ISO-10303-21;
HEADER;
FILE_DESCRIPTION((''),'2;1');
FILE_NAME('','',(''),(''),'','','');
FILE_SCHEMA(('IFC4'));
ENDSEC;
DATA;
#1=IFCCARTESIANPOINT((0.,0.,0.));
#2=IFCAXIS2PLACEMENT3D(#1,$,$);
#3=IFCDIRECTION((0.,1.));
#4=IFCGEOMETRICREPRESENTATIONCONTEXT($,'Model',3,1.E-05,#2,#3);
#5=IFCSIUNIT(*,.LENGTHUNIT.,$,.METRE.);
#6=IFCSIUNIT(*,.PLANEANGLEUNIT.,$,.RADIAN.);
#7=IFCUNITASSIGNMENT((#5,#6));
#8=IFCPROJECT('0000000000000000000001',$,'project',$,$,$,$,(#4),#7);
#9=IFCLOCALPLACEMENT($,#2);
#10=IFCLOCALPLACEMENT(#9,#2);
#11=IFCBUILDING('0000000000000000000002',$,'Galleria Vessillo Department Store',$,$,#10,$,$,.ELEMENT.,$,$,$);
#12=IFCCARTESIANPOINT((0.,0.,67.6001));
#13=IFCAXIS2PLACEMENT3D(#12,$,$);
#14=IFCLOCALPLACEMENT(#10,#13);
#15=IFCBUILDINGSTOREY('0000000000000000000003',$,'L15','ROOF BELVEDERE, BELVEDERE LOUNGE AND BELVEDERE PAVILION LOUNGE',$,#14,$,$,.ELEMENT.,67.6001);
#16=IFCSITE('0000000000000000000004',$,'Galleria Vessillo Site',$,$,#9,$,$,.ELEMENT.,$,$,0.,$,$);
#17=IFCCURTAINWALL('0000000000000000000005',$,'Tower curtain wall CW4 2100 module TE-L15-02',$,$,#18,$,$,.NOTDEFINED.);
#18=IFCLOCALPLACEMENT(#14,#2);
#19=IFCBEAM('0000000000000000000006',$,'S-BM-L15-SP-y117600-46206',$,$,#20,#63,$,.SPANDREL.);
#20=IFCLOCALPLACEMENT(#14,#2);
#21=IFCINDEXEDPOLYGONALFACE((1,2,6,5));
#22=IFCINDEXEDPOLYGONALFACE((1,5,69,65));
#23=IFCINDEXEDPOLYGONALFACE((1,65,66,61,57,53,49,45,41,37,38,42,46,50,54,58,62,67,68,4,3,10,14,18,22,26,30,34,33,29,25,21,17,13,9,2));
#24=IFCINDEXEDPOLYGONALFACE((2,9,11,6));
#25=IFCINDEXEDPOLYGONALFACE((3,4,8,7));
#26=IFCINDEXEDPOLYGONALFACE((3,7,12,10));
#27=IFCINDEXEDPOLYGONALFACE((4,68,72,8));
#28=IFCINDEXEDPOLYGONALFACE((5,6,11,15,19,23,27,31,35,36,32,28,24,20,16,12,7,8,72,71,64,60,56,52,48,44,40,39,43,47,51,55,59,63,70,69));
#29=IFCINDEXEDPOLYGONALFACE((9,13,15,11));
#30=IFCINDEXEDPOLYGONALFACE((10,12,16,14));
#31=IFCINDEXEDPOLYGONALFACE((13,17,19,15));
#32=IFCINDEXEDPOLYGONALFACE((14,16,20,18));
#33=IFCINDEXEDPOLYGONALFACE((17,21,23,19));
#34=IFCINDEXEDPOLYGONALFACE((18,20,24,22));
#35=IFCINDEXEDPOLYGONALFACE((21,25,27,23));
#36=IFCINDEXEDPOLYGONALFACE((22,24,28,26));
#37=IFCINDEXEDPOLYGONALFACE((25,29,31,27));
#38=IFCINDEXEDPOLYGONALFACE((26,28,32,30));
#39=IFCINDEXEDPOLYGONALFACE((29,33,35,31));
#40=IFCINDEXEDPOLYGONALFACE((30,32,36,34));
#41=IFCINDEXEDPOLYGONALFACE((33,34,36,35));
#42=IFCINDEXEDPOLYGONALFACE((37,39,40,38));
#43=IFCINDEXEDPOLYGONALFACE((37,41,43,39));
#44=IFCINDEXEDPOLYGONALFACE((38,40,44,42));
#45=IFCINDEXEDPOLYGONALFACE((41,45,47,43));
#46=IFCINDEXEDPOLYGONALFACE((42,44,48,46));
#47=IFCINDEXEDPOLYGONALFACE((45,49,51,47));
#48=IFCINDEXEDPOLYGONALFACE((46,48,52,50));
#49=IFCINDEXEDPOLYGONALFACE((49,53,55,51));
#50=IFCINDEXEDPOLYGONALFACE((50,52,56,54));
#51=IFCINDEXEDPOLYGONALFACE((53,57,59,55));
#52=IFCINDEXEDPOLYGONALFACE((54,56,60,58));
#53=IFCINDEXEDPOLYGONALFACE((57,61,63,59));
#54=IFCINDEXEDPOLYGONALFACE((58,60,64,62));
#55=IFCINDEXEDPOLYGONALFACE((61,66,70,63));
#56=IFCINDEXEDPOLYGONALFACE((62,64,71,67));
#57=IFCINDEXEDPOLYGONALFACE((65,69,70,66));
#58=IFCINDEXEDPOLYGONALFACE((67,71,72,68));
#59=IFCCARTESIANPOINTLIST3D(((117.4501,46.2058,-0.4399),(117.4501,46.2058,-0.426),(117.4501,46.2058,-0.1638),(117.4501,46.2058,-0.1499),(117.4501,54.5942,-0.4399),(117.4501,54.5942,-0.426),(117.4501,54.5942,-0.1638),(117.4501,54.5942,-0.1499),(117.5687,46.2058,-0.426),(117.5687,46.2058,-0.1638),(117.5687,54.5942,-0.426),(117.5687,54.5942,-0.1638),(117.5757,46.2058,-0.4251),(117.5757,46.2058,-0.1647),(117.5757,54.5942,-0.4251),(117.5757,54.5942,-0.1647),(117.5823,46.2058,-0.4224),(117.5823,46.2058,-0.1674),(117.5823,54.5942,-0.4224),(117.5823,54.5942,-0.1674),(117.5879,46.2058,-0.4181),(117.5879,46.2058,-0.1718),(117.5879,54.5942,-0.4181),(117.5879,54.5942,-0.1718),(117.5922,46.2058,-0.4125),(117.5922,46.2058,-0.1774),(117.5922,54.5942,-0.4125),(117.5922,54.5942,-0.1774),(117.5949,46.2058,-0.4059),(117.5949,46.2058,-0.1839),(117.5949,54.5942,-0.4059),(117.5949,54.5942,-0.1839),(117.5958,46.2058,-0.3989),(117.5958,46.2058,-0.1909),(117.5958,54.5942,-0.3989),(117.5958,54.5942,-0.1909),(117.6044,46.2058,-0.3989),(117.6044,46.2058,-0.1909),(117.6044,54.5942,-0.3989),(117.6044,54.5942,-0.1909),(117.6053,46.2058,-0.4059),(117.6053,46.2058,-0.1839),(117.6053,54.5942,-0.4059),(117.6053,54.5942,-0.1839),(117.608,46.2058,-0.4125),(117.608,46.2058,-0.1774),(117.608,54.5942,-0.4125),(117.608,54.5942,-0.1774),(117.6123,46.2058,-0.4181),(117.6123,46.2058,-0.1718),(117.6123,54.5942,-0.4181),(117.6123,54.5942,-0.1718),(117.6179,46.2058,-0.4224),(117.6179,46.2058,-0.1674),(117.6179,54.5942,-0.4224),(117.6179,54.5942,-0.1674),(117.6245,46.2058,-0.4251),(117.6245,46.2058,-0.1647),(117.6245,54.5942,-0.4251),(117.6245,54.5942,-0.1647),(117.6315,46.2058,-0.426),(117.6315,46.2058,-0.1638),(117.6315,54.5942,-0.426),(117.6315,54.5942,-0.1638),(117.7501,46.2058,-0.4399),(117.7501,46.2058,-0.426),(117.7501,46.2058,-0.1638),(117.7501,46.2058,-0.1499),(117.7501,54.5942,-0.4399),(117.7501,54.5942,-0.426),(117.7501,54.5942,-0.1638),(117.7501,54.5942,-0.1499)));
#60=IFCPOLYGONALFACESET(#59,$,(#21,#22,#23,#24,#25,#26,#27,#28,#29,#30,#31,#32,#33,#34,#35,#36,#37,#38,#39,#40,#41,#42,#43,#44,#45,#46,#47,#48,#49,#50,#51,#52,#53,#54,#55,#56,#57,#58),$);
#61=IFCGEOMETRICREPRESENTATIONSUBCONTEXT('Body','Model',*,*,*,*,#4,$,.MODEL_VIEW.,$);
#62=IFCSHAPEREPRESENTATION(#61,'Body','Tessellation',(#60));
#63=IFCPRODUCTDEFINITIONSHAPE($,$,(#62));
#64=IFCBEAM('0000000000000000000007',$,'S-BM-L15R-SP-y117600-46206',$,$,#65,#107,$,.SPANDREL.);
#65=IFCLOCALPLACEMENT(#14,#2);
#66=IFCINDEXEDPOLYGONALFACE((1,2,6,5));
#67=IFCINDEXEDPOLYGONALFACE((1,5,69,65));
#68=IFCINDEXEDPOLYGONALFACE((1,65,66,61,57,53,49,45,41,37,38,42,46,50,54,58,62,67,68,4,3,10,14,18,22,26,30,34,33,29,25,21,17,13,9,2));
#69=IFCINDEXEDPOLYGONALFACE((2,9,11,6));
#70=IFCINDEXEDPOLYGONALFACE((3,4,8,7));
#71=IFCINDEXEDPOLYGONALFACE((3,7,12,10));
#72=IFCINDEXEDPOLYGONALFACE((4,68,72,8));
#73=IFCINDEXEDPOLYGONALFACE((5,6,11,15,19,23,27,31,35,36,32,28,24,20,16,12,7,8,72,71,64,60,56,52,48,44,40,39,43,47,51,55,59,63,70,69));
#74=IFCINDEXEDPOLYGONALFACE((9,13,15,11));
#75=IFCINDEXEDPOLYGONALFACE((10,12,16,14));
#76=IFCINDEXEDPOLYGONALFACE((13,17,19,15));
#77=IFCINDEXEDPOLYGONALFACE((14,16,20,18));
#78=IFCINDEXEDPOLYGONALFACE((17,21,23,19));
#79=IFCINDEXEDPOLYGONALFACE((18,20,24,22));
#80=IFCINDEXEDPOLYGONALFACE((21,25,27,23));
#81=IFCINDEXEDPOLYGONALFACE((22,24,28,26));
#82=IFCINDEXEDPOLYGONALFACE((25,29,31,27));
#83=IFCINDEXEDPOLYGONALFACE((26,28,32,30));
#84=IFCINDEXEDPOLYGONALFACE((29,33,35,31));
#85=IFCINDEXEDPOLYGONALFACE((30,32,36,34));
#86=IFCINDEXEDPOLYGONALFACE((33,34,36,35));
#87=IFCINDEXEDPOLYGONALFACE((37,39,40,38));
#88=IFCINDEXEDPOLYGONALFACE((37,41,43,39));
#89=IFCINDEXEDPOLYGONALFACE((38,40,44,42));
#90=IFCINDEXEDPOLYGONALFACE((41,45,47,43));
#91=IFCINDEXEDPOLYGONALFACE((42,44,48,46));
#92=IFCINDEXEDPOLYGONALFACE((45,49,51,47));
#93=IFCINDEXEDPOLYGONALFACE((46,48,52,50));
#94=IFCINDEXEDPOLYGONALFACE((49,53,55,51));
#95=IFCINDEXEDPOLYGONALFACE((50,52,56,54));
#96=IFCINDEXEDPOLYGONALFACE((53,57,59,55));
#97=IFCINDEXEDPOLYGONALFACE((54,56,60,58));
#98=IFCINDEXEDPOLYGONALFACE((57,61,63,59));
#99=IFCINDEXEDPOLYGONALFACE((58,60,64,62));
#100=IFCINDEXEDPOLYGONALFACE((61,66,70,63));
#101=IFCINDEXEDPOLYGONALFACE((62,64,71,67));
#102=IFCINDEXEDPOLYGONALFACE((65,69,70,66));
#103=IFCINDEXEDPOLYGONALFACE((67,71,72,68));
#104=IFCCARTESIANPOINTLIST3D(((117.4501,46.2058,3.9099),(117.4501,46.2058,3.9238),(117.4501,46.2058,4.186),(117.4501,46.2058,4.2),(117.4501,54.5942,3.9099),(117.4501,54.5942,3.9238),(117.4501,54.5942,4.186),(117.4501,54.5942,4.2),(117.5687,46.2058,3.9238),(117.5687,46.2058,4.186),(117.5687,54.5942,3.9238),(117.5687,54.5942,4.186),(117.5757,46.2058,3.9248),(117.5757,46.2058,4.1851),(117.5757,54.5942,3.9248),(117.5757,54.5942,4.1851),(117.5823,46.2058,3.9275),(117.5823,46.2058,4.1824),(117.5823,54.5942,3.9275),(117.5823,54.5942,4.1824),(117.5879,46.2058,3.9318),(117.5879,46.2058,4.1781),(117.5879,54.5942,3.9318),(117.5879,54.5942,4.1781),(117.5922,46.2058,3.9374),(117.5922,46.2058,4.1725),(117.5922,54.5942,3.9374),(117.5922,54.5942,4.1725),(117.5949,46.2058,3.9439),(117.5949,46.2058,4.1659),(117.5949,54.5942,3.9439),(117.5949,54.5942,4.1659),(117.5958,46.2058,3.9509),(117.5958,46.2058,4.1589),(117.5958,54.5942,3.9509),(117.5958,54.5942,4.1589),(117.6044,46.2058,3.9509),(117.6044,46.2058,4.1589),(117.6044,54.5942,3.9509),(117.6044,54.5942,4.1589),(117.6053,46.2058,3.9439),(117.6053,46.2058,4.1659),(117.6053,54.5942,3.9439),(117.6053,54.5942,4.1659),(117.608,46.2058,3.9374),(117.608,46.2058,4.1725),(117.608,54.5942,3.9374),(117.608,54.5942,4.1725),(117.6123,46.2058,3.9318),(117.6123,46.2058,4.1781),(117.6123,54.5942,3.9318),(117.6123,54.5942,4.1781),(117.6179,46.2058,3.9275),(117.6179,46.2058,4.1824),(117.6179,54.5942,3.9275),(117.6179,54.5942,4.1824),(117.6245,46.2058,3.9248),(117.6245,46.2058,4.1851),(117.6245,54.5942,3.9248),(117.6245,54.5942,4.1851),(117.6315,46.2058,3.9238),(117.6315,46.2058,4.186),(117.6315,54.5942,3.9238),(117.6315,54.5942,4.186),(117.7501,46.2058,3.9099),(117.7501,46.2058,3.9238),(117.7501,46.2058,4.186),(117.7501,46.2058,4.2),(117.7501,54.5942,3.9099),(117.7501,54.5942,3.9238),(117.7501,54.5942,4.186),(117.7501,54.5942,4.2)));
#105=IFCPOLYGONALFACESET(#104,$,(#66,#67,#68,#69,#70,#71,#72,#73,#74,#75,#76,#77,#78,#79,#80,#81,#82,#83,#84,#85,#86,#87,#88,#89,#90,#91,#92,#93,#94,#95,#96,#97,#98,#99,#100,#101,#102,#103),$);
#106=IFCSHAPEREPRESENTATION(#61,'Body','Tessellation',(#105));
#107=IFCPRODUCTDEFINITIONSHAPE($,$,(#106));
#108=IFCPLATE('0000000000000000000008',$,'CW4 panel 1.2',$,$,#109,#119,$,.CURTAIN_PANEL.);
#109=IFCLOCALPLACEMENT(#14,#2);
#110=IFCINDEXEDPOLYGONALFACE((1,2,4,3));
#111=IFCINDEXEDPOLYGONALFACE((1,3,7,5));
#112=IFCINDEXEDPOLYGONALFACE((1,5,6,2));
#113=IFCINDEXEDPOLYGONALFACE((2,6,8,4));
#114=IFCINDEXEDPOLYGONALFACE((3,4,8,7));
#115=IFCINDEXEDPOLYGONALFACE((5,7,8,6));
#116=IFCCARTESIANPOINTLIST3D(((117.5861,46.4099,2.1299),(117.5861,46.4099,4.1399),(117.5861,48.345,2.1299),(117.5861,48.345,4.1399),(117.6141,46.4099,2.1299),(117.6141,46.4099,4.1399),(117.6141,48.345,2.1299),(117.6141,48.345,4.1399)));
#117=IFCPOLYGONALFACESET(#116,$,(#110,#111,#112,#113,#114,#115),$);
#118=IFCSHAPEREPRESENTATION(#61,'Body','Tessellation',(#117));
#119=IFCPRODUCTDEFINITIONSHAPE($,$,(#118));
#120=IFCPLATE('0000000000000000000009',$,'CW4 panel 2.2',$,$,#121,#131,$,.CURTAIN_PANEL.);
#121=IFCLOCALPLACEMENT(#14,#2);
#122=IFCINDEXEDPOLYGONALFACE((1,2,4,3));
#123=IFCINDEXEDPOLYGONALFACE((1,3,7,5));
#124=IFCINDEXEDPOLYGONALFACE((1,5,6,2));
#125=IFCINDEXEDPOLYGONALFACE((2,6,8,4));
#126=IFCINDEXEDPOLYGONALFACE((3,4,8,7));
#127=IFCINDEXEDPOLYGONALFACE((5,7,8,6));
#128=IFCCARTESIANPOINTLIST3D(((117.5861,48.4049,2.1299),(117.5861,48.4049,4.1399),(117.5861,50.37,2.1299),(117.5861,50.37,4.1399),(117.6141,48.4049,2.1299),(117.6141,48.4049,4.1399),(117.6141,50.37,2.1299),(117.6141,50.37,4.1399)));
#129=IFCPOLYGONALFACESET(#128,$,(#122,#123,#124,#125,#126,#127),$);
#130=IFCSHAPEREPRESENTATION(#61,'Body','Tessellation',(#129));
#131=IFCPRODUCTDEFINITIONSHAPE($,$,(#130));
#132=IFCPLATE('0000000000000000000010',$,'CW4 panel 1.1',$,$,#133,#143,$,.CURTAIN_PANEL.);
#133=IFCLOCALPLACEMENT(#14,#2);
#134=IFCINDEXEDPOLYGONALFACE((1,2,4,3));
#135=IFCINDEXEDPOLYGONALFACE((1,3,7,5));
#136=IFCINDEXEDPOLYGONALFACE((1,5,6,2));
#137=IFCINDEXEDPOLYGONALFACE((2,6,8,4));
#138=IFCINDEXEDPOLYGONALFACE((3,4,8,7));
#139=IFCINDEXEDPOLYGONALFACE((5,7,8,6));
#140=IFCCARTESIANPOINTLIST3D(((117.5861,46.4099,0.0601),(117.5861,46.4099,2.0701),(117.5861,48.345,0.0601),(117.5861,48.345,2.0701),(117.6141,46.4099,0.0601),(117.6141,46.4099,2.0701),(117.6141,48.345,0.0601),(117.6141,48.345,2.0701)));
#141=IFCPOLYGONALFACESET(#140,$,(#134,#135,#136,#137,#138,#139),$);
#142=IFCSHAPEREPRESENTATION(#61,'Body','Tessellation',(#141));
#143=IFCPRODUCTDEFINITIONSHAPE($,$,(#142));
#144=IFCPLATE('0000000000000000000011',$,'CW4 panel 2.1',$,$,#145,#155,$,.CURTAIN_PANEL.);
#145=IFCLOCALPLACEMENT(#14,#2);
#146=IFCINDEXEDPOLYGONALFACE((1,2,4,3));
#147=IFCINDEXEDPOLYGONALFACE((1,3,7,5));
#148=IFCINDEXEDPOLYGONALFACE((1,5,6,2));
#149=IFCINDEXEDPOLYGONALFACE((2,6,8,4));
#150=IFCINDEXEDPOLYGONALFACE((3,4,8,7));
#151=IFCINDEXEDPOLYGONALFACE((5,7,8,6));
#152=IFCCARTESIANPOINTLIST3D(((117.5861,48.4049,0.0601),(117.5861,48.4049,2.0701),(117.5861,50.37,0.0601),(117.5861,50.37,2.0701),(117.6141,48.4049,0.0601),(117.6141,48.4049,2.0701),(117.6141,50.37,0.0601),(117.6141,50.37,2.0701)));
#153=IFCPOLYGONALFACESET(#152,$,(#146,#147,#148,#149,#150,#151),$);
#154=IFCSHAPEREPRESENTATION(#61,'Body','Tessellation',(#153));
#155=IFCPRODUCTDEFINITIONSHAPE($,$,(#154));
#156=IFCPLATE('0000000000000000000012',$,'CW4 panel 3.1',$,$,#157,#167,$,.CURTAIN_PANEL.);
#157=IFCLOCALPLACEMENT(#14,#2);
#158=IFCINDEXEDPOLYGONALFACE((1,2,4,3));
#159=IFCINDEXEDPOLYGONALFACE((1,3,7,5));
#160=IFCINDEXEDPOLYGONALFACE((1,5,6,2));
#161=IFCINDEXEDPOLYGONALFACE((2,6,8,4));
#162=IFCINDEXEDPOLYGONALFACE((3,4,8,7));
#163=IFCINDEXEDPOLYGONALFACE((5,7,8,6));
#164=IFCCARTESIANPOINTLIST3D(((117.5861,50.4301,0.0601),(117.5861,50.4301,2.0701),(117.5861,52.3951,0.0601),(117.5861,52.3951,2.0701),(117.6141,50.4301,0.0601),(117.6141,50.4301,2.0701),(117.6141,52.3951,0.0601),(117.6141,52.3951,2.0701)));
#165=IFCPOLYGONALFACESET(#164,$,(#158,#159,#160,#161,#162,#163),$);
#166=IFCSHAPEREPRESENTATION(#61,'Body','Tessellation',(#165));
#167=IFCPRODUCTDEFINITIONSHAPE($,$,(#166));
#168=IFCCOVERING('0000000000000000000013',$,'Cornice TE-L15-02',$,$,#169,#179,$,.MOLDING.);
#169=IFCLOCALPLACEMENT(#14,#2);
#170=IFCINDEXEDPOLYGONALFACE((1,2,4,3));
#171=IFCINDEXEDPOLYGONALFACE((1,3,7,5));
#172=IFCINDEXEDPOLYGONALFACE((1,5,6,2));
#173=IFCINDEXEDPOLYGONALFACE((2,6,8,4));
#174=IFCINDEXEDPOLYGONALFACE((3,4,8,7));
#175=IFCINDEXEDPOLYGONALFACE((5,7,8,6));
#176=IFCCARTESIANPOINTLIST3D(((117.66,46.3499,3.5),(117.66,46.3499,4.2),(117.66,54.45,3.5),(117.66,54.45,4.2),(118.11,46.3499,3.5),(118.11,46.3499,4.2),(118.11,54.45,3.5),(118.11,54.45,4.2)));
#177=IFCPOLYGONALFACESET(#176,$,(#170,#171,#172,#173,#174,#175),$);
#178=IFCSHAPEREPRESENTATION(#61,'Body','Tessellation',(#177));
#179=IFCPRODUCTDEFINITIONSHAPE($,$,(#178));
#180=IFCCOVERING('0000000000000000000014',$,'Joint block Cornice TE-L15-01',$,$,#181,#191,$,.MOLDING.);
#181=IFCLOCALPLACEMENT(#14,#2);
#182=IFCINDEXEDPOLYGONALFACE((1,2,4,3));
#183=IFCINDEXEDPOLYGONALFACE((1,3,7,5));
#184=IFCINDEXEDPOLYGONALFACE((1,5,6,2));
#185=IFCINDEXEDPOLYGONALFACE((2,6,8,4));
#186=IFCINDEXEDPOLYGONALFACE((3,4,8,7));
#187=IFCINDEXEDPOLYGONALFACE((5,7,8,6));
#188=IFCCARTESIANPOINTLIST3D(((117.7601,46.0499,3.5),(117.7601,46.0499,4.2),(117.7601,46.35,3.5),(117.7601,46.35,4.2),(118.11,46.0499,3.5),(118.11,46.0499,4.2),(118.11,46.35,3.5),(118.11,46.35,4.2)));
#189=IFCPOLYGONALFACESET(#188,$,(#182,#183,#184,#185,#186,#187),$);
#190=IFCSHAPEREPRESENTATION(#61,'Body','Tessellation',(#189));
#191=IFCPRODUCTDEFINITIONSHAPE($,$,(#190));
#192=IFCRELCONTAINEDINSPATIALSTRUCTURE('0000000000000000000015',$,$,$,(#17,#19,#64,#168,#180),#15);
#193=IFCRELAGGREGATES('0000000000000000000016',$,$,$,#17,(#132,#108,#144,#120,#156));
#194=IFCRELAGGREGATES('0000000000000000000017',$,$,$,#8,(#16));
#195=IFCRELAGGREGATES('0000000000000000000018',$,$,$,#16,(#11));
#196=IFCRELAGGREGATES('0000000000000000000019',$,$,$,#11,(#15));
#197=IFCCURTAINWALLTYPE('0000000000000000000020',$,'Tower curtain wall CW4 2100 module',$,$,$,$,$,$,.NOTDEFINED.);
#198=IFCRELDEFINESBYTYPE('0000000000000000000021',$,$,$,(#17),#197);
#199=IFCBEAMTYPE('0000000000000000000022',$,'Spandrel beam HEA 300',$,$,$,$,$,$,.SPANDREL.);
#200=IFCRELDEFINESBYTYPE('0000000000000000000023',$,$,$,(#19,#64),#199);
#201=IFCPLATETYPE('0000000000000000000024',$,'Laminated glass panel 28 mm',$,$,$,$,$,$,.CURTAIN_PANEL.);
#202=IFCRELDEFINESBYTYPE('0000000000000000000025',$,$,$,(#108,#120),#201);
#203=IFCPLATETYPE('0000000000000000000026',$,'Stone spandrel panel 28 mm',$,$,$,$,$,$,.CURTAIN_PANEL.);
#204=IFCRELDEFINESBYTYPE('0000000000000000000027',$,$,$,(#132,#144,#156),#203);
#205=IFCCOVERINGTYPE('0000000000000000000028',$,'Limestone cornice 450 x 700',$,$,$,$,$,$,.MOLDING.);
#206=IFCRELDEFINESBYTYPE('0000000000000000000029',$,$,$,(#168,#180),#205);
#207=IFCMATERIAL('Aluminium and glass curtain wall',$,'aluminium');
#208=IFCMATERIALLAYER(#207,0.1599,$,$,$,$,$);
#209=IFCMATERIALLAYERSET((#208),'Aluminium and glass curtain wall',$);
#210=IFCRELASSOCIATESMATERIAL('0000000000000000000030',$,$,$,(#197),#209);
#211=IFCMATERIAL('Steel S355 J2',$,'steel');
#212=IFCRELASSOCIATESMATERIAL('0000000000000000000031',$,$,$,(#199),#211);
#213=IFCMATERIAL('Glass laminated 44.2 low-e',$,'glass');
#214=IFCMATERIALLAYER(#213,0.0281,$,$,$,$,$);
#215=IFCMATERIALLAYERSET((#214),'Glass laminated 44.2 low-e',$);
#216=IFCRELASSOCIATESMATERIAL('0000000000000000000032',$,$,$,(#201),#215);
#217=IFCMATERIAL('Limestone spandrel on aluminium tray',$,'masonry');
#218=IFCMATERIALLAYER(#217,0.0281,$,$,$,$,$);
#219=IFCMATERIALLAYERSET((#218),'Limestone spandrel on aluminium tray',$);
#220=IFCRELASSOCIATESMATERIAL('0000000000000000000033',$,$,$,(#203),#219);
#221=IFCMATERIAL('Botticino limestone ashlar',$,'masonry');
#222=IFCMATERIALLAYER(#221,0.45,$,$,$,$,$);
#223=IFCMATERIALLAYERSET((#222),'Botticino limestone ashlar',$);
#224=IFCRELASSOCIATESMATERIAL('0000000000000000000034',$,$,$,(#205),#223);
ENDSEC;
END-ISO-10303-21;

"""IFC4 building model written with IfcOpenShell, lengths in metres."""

from ifc_helpers import new_model, si_unit, direction, frame, origin, origin_2d, place, context, subcontext, project, spatial, rectangle, i_section, extrude, material, layer, layer_set, material_profile, profile_set, type_object, element, aggregate, save


model = new_model("IFC4")

# Units and contexts
model_context = context("Model", 3, precision=1e-05, world=origin(), true_north=direction((0.0, 1.0)))
body_context = subcontext(model_context, "Body", "Model", "MODEL_VIEW")
ifc_project = project(units=[si_unit("LENGTHUNIT", "METRE"), si_unit("PLANEANGLEUNIT", "RADIAN")], contexts=[model_context])

# Site, building, storey
site_placement = place(None, origin())
site = spatial("IfcSite", under=ifc_project, at=site_placement, Name="Galleria Vessillo Site", CompositionType="ELEMENT", RefElevation=0.0)
building_placement = place(site_placement, origin())
building = spatial("IfcBuilding", under=site, at=building_placement, Name="Galleria Vessillo Department Store", CompositionType="ELEMENT")
storey_placement = place(building_placement, frame((0.0, 0.0, 67.6001)))
storey = spatial("IfcBuildingStorey", under=building, at=storey_placement, Name="L15", Description="ROOF BELVEDERE, BELVEDERE LOUNGE AND BELVEDERE PAVILION LOUNGE", CompositionType="ELEMENT", Elevation=67.6001)

# Curtain wall
ifc_material_1 = material(Name="Aluminium and glass curtain wall", Category="aluminium")
ifc_layer_1 = layer(ifc_material_1, 0.1599)
ifc_layer_set_1 = layer_set([ifc_layer_1], Name="Aluminium and glass curtain wall")
curtain_wall_type = type_object("IfcCurtainWallType", Name="Tower curtain wall CW4 2100 module", PredefinedType="NOTDEFINED", material=ifc_layer_set_1)
curtain_wall_placement = place(storey_placement, origin())
curtain_wall = element("IfcCurtainWall", 1, at=curtain_wall_placement, inside=storey, type_object=curtain_wall_type, Name="Tower curtain wall CW4 2100 module TE-L15-02", PredefinedType="NOTDEFINED")

# Beams
ifc_material_2 = material(Name="Steel S355 J2", Category="steel")
ifc_material_profile_1 = material_profile(ifc_material_2, i_section(OverallWidth=0.3, OverallDepth=0.29, WebThickness=0.0085, FlangeThickness=0.0139, FilletRadius=0.0271, at=origin_2d()), Name="HEA 300")
ifc_profile_set_1 = profile_set([ifc_material_profile_1], Name="Steel S355 J2")
beam_type_1 = type_object("IfcBeamType", Name="Spandrel beam HEA 300", PredefinedType="SPANDREL", material=ifc_profile_set_1)
for number, where, z_axis, x_axis, name in (
    (2, (117.6001, 46.2058, -0.2949), (0.0, 1.0, 0.0), (-1.0, 0.0, 0.0), "S-BM-L15-SP-y117600-46206"),
    (3, (117.6001, 46.2058, 4.0549), (0.0, 1.0, 0.0), (-1.0, 0.0, 0.0), "S-BM-L15R-SP-y117600-46206"),
):
    element("IfcBeam", number, at=place(storey_placement, frame(where, z_axis=z_axis, x_axis=x_axis)), inside=storey, type_object=beam_type_1, Name=name, PredefinedType="SPANDREL", context=body_context, shape_type="SweptSolid", body=[
        extrude(i_section(OverallWidth=0.3, OverallDepth=0.29, WebThickness=0.0085, FlangeThickness=0.0139, FilletRadius=0.0271, at=origin_2d()), origin(), (0.0, 0.0, 1.0), 8.3884),
    ])

# Plates
ifc_material_3 = material(Name="Glass laminated 44.2 low-e", Category="glass")
ifc_layer_2 = layer(ifc_material_3, 0.0281)
ifc_layer_set_2 = layer_set([ifc_layer_2], Name="Glass laminated 44.2 low-e")
plate_type_1 = type_object("IfcPlateType", Name="Laminated glass panel 28 mm", PredefinedType="CURTAIN_PANEL", material=ifc_layer_set_2)
plate_1_placement = place(storey_placement, frame((117.6001, 47.3774, 2.1299), z_axis=(0.0, 0.0, 1.0), x_axis=(0.0, 1.0, 0.0)))
plate_1 = element("IfcPlate", 4, at=plate_1_placement, type_object=plate_type_1, Name="CW4 panel 1.2", PredefinedType="CURTAIN_PANEL", context=body_context, shape_type="SweptSolid", body=[
    extrude(rectangle(XDim=1.9351, YDim=0.0281, at=origin_2d()), origin(), (0.0, 0.0, 1.0), 2.01),
])
plate_2_placement = place(storey_placement, frame((117.6001, 49.3875, 2.1299), z_axis=(0.0, 0.0, 1.0), x_axis=(0.0, 1.0, 0.0)))
plate_2 = element("IfcPlate", 5, at=plate_2_placement, type_object=plate_type_1, Name="CW4 panel 2.2", PredefinedType="CURTAIN_PANEL", context=body_context, shape_type="SweptSolid", body=[
    extrude(rectangle(XDim=1.9651, YDim=0.0281, at=origin_2d()), origin(), (0.0, 0.0, 1.0), 2.01),
])
ifc_material_4 = material(Name="Limestone spandrel on aluminium tray", Category="masonry")
ifc_layer_3 = layer(ifc_material_4, 0.0281)
ifc_layer_set_3 = layer_set([ifc_layer_3], Name="Limestone spandrel on aluminium tray")
plate_type_2 = type_object("IfcPlateType", Name="Stone spandrel panel 28 mm", PredefinedType="CURTAIN_PANEL", material=ifc_layer_set_3)
plate_3_placement = place(storey_placement, frame((117.6001, 47.3774, 0.0601), z_axis=(0.0, 0.0, 1.0), x_axis=(0.0, 1.0, 0.0)))
plate_3 = element("IfcPlate", 6, at=plate_3_placement, type_object=plate_type_2, Name="CW4 panel 1.1", PredefinedType="CURTAIN_PANEL", context=body_context, shape_type="SweptSolid", body=[
    extrude(rectangle(XDim=1.9351, YDim=0.0281, at=origin_2d()), origin(), (0.0, 0.0, 1.0), 2.01),
])
plate_4_placement = place(storey_placement, frame((117.6001, 49.3875, 0.0601), z_axis=(0.0, 0.0, 1.0), x_axis=(0.0, 1.0, 0.0)))
plate_4 = element("IfcPlate", 7, at=plate_4_placement, type_object=plate_type_2, Name="CW4 panel 2.1", PredefinedType="CURTAIN_PANEL", context=body_context, shape_type="SweptSolid", body=[
    extrude(rectangle(XDim=1.9651, YDim=0.0281, at=origin_2d()), origin(), (0.0, 0.0, 1.0), 2.01),
])
plate_5_placement = place(storey_placement, frame((117.6001, 51.4126, 0.0601), z_axis=(0.0, 0.0, 1.0), x_axis=(0.0, 1.0, 0.0)))
plate_5 = element("IfcPlate", 8, at=plate_5_placement, type_object=plate_type_2, Name="CW4 panel 3.1", PredefinedType="CURTAIN_PANEL", context=body_context, shape_type="SweptSolid", body=[
    extrude(rectangle(XDim=1.9651, YDim=0.0281, at=origin_2d()), origin(), (0.0, 0.0, 1.0), 2.01),
])
aggregate(curtain_wall, [plate_3, plate_1, plate_4, plate_2, plate_5])

# Coverings
ifc_material_5 = material(Name="Botticino limestone ashlar", Category="masonry")
ifc_layer_4 = layer(ifc_material_5, 0.45)
ifc_layer_set_4 = layer_set([ifc_layer_4], Name="Botticino limestone ashlar")
covering_type_1 = type_object("IfcCoveringType", Name="Limestone cornice 450 x 700", PredefinedType="MOLDING", material=ifc_layer_set_4)
covering_1_placement = place(storey_placement, frame((117.885, 50.3999, 3.5), z_axis=(0.0, 0.0, 1.0), x_axis=(1.0, 0.0, 0.0)))
element("IfcCovering", 9, at=covering_1_placement, inside=storey, type_object=covering_type_1, Name="Cornice TE-L15-02", PredefinedType="MOLDING", context=body_context, shape_type="SweptSolid", body=[
    extrude(rectangle(XDim=0.45, YDim=8.1001, at=origin_2d()), origin(), (0.0, 0.0, 1.0), 0.7),
])
covering_2_placement = place(storey_placement, frame((117.9351, 46.2, 3.5), z_axis=(0.0, 0.0, 1.0), x_axis=(1.0, 0.0, 0.0)))
element("IfcCovering", 10, at=covering_2_placement, inside=storey, type_object=covering_type_1, Name="Joint block Cornice TE-L15-01", PredefinedType="MOLDING", context=body_context, shape_type="SweptSolid", body=[
    extrude(rectangle(XDim=0.3499, YDim=0.3, at=origin_2d()), origin(), (0.0, 0.0, 1.0), 0.7),
])

save(model, "model.ifc")
